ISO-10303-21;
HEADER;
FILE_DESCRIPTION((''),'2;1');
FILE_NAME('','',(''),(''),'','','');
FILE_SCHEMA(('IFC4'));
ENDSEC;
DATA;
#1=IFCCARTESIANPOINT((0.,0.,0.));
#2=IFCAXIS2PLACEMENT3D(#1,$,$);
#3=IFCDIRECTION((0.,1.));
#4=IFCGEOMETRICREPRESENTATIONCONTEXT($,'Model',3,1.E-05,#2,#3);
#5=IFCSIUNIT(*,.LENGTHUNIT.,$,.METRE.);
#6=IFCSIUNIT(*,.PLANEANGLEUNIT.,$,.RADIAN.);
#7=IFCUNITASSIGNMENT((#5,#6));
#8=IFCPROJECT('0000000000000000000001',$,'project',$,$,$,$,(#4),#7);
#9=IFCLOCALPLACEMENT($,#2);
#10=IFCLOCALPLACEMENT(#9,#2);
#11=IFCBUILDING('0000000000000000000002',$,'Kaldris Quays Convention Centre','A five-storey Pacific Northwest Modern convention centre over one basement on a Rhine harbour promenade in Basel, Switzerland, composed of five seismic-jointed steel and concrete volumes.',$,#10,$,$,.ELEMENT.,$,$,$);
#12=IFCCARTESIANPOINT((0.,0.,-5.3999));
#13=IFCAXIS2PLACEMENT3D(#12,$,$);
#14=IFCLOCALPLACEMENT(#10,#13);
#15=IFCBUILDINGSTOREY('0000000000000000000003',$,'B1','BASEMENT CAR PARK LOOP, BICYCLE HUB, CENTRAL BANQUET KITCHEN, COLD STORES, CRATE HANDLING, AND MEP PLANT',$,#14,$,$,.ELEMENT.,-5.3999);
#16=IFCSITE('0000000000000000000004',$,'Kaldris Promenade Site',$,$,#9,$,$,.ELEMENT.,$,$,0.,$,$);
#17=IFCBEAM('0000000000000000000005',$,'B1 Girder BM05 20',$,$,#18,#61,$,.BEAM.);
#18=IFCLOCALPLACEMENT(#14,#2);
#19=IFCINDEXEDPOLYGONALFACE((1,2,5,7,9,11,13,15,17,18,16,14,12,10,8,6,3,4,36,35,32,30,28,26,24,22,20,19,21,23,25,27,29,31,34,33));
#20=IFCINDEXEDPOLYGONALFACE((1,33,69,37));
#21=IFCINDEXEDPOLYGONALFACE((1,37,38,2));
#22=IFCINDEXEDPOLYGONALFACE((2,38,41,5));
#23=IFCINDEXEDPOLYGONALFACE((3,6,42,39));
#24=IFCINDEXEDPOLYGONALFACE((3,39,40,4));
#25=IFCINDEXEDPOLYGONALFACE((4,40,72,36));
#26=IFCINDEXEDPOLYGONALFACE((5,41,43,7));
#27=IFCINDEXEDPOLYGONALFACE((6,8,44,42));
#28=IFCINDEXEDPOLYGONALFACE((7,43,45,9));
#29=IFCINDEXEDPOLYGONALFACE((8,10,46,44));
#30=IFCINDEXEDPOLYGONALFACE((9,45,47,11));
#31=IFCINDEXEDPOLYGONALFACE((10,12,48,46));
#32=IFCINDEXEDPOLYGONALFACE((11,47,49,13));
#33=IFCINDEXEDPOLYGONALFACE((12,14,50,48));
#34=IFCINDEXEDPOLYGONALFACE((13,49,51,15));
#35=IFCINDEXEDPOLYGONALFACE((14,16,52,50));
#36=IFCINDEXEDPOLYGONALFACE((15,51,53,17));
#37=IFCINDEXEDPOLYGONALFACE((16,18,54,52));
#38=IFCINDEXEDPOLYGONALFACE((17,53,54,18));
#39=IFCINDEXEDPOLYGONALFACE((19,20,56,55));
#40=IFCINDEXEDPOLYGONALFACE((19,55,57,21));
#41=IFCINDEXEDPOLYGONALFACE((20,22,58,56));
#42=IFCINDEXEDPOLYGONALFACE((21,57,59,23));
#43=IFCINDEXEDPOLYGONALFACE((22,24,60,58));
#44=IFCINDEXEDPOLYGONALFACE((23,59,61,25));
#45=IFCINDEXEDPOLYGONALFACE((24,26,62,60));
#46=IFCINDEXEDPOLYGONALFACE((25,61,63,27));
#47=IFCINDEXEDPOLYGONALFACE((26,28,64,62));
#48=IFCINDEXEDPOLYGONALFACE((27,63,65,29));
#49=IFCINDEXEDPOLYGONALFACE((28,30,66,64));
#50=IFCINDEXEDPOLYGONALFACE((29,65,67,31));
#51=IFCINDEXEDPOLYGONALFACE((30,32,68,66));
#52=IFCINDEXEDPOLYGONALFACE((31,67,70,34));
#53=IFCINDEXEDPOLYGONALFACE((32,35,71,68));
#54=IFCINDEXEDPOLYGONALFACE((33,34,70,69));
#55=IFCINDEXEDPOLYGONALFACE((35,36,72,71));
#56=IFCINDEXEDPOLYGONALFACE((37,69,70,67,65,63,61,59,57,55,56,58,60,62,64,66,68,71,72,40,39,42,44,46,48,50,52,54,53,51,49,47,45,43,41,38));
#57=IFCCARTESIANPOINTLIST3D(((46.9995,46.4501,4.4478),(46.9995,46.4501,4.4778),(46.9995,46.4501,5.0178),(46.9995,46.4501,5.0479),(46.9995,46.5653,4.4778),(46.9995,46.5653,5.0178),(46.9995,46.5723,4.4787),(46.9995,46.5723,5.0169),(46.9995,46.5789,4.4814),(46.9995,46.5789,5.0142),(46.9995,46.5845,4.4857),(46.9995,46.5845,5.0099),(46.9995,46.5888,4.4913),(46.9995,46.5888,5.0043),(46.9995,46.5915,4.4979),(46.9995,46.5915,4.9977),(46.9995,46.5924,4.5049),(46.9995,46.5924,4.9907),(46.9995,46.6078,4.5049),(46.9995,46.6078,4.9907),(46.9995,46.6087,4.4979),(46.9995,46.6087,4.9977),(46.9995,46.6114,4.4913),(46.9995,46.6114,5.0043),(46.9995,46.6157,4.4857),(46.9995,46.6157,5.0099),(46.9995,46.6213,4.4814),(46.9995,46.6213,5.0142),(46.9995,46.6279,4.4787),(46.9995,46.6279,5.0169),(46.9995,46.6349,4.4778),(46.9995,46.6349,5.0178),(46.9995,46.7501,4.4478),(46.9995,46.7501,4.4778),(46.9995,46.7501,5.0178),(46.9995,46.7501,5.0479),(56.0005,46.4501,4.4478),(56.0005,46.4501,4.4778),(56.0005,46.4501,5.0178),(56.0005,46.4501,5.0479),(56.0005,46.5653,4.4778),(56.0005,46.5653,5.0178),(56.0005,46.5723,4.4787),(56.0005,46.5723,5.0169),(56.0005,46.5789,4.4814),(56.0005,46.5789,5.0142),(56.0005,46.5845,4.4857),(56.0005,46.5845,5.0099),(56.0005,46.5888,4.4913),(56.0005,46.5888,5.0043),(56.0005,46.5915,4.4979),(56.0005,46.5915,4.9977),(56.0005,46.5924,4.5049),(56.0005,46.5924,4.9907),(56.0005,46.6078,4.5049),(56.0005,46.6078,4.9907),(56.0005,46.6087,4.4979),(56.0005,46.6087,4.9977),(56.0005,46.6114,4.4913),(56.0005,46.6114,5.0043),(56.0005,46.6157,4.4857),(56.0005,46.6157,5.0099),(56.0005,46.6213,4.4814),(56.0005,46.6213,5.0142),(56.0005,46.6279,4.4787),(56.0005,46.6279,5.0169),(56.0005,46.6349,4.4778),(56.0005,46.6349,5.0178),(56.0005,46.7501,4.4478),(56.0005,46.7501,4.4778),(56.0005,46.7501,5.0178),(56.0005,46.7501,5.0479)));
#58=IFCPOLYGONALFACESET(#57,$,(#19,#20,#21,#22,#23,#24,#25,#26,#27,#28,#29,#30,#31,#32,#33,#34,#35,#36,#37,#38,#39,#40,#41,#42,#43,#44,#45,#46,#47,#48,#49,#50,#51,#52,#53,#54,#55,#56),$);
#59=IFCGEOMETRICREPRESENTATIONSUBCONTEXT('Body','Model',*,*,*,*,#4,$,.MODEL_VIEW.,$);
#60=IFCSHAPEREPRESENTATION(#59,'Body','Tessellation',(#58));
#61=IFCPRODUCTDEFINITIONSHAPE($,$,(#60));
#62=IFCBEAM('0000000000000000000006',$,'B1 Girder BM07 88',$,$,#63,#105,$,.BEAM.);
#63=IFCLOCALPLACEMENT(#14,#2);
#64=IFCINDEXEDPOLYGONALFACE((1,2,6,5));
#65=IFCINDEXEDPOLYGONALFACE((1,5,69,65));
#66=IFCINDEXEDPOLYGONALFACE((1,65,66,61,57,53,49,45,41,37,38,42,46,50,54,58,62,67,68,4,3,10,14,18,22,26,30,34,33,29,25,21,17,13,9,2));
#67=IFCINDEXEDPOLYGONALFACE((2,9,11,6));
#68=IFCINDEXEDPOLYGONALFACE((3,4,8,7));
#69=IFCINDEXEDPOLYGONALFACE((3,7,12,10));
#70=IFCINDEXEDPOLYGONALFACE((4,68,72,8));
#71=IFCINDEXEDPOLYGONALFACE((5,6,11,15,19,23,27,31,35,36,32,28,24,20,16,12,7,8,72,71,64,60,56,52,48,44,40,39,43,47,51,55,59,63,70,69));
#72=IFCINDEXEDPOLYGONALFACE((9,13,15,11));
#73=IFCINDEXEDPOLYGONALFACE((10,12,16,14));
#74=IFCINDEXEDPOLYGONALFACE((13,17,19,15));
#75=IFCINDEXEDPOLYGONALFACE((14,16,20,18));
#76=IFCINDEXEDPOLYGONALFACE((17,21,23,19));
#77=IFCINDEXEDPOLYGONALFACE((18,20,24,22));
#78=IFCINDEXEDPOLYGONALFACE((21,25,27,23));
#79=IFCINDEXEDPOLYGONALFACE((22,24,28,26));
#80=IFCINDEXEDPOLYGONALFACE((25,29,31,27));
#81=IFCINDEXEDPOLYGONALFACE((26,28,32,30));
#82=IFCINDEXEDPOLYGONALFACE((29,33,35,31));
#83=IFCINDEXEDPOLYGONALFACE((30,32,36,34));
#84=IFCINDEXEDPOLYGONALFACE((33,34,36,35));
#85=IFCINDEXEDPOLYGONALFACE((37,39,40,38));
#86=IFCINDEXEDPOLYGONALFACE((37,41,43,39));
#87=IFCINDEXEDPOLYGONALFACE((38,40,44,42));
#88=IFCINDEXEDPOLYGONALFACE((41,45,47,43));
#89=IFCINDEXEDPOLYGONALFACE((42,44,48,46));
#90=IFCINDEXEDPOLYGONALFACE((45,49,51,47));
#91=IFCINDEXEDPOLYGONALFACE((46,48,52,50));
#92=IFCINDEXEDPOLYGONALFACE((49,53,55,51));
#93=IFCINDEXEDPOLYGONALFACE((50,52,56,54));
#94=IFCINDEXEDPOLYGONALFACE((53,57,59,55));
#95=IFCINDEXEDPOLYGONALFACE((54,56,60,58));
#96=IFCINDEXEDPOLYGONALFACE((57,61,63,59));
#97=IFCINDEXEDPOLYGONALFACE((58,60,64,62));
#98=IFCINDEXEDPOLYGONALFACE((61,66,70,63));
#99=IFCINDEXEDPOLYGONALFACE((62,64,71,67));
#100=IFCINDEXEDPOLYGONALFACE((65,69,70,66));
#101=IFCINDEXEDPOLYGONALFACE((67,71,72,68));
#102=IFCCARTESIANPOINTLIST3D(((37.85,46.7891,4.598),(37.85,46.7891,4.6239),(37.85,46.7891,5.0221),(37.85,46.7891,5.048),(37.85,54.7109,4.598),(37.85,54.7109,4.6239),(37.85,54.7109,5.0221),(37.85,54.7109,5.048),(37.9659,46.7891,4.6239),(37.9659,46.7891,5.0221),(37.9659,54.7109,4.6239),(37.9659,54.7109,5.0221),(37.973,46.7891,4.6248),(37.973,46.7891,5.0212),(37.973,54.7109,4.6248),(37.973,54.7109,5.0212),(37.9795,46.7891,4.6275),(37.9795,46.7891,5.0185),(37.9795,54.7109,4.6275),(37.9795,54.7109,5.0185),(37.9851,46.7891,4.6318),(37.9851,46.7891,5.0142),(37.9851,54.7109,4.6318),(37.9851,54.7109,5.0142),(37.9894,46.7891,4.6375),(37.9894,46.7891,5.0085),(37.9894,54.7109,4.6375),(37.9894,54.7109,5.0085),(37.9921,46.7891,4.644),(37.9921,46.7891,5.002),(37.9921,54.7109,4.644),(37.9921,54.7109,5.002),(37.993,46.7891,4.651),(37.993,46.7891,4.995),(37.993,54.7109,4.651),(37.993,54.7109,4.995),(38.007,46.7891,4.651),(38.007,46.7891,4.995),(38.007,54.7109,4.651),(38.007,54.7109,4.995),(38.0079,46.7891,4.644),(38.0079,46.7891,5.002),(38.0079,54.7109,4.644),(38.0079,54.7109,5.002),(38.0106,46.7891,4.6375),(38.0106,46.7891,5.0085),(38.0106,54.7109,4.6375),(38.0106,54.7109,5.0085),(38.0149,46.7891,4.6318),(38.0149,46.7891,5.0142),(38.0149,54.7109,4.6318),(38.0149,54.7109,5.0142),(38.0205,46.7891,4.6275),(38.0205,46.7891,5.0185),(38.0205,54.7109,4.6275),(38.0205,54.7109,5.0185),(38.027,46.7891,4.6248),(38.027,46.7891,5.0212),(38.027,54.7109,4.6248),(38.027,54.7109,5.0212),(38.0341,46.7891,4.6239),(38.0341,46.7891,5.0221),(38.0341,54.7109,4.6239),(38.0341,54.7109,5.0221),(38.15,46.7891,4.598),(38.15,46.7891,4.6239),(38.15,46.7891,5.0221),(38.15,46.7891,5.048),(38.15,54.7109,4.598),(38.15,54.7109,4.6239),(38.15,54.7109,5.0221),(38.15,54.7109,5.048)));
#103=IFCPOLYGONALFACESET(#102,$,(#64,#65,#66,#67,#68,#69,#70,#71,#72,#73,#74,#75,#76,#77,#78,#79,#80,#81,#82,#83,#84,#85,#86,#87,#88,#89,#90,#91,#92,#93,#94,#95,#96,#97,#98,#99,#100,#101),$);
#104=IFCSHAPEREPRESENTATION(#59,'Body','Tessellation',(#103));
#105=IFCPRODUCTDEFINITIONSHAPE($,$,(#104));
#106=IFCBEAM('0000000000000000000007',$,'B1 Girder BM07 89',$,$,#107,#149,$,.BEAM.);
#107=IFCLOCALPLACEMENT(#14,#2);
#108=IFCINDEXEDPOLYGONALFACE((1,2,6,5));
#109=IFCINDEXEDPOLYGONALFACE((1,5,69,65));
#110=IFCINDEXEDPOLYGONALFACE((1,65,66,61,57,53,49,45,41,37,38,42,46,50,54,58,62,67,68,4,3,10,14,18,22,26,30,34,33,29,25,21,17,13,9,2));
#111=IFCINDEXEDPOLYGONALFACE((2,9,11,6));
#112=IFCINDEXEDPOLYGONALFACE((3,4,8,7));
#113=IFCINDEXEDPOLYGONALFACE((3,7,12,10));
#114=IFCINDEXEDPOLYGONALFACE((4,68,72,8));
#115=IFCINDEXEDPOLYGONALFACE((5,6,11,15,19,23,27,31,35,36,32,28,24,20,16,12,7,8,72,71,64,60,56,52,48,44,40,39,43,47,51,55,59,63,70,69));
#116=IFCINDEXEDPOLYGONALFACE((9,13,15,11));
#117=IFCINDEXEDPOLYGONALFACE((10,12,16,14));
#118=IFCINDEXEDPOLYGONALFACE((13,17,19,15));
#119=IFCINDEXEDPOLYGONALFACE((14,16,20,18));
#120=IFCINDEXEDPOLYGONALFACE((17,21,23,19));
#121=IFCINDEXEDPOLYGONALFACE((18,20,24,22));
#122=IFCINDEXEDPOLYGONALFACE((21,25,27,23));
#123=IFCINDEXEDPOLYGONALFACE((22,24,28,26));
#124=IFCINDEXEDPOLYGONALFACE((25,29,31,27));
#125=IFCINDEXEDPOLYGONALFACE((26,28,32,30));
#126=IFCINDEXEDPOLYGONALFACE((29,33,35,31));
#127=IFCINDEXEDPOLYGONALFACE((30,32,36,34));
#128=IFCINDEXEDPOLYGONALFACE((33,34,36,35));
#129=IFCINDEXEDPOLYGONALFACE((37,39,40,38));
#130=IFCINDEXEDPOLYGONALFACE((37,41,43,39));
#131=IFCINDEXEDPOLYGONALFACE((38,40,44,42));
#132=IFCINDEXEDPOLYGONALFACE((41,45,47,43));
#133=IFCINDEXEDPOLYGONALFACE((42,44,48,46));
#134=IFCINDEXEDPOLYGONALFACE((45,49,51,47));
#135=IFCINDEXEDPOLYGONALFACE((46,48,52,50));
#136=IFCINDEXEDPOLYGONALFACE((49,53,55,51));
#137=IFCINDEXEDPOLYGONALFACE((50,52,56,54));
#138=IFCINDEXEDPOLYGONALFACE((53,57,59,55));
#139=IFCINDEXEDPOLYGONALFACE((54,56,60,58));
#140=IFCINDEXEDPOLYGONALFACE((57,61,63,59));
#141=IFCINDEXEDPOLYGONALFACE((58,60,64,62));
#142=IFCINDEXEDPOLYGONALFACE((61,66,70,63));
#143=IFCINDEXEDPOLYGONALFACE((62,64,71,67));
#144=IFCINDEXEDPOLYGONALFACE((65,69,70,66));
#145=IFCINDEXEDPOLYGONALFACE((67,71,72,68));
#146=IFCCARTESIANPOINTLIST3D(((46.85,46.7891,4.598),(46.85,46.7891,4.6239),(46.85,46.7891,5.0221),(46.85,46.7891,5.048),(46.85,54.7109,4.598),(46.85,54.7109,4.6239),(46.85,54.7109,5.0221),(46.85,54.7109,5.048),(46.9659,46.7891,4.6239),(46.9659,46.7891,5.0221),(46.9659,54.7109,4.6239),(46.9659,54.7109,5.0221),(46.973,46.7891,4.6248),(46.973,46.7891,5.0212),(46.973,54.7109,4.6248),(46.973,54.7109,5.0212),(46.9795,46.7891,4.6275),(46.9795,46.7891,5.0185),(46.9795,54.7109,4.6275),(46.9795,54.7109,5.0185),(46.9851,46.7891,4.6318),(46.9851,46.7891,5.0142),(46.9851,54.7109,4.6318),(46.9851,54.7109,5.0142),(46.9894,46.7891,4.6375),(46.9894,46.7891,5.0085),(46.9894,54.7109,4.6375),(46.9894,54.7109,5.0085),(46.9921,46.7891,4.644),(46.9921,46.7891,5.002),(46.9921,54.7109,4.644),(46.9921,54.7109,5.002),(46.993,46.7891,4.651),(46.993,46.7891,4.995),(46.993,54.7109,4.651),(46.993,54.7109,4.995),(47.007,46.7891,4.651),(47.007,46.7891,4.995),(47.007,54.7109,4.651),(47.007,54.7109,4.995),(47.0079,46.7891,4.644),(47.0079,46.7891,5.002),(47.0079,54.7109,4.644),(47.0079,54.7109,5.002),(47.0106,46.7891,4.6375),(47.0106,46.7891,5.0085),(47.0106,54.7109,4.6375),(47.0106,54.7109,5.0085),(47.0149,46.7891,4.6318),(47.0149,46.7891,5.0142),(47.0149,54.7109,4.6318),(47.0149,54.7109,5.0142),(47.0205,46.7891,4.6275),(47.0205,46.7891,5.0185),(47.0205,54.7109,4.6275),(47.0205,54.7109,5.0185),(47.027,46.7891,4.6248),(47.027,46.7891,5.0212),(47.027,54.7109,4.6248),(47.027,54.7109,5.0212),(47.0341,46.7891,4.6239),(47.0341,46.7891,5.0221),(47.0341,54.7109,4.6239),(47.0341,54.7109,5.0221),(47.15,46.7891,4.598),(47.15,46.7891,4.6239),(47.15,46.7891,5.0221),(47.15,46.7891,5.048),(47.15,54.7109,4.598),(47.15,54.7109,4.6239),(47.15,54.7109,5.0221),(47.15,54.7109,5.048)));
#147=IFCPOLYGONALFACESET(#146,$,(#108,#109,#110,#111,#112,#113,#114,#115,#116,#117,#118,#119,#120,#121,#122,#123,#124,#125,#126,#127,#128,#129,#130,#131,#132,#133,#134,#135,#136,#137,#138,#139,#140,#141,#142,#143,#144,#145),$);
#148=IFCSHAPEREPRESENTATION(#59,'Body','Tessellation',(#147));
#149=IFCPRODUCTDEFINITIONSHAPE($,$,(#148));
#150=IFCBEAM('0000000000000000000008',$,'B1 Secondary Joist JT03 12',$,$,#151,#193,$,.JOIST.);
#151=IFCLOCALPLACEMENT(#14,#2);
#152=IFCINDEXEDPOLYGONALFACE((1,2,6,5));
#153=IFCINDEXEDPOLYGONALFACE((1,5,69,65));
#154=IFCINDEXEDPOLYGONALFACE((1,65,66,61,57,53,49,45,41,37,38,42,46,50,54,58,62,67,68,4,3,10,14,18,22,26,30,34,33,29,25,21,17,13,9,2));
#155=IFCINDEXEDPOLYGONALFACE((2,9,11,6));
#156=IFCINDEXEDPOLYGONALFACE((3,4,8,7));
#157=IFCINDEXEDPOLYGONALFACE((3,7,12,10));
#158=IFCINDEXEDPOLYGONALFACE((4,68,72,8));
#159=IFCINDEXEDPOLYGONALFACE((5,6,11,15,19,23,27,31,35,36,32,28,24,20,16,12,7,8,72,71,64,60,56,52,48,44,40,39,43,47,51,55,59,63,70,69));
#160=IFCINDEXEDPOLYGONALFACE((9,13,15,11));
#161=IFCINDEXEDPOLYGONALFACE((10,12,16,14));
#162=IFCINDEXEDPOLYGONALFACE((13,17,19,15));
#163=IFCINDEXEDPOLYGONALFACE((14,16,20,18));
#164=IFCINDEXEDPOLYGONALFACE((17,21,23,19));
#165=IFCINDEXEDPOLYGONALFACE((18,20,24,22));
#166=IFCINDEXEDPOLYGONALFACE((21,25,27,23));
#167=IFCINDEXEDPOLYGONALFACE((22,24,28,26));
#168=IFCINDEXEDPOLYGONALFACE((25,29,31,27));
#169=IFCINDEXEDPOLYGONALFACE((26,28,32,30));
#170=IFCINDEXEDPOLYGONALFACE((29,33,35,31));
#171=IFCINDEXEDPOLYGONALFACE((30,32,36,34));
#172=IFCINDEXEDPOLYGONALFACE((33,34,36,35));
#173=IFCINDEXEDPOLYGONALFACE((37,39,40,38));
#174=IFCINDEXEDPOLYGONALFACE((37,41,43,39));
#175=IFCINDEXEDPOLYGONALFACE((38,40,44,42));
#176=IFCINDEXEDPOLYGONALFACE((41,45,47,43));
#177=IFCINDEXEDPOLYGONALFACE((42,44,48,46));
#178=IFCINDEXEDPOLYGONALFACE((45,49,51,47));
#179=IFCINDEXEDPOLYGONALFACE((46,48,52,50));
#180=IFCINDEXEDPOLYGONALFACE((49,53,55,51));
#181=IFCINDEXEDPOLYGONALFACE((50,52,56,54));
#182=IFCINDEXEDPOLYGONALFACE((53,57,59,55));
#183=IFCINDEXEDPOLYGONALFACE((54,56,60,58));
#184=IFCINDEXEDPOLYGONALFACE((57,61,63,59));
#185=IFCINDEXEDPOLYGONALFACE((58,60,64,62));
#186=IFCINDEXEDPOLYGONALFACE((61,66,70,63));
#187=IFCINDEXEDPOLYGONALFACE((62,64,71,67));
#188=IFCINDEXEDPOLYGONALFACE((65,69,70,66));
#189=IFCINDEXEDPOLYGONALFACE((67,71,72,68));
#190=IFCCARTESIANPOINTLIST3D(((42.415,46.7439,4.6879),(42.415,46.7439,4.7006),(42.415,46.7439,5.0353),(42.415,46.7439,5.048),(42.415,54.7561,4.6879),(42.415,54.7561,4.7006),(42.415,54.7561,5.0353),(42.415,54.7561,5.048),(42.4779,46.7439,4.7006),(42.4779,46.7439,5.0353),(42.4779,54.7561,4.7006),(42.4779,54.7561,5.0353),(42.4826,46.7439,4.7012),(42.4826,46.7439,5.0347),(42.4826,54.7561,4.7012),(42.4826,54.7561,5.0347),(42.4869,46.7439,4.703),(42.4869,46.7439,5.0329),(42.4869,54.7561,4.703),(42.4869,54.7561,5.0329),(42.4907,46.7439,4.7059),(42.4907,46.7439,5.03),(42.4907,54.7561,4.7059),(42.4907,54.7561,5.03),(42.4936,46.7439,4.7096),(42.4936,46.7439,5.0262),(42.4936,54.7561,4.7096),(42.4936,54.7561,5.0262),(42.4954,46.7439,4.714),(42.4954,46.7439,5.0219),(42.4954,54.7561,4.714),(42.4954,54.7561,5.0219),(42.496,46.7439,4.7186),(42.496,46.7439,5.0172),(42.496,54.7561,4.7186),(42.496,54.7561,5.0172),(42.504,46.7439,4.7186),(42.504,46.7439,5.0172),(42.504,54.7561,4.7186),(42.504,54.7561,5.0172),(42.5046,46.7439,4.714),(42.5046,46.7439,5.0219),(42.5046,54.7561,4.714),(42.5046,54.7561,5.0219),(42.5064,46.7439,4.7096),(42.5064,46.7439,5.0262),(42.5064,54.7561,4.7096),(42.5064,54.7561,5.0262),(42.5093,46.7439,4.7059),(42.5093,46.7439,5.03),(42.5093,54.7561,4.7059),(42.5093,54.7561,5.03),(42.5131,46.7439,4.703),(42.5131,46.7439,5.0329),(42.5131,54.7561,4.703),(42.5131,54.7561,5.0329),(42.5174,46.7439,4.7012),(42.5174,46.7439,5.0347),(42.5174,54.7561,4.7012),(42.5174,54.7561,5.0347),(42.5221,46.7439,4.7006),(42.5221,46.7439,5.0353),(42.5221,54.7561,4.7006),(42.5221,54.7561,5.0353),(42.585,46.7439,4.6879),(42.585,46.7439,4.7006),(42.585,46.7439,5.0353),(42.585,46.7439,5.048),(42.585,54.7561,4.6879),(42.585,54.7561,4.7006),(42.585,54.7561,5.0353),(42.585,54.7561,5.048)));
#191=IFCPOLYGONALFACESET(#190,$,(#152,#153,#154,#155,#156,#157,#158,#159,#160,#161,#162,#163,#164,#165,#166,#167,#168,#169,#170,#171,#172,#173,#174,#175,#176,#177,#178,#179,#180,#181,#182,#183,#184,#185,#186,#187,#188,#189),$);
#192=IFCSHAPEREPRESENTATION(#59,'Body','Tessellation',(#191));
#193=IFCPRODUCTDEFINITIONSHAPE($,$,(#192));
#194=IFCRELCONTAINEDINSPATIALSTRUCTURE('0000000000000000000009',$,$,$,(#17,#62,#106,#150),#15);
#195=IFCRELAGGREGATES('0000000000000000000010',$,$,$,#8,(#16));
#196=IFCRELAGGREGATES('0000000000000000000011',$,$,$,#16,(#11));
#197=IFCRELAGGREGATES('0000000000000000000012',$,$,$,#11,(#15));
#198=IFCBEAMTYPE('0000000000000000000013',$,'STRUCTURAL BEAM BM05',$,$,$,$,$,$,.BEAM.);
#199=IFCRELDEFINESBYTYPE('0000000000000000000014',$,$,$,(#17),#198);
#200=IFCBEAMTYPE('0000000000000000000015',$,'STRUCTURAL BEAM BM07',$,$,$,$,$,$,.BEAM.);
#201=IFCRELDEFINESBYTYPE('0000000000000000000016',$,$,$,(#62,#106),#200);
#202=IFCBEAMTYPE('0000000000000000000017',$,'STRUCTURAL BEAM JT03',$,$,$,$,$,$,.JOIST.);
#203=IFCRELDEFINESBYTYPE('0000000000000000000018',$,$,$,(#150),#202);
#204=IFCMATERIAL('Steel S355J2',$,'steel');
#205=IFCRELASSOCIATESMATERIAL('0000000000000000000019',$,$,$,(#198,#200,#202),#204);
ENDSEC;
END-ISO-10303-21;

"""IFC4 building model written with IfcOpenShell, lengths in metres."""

from ifc_helpers import new_model, si_unit, direction, frame, origin, origin_2d, place, context, subcontext, project, spatial, i_section, extrude, material, material_profile, profile_set, type_object, element, save


model = new_model("IFC4")

# Units and contexts
model_context = context("Model", 3, precision=1e-05, world=origin(), true_north=direction((0.0, 1.0)))
body_context = subcontext(model_context, "Body", "Model", "MODEL_VIEW")
ifc_project = project(units=[si_unit("LENGTHUNIT", "METRE"), si_unit("PLANEANGLEUNIT", "RADIAN")], contexts=[model_context])

# Site, building, storey
site_placement = place(None, origin())
site = spatial("IfcSite", under=ifc_project, at=site_placement, Name="Kaldris Promenade Site", CompositionType="ELEMENT", RefElevation=0.0)
building_placement = place(site_placement, origin())
building = spatial("IfcBuilding", under=site, at=building_placement, Name="Kaldris Quays Convention Centre", Description="A five-storey Pacific Northwest Modern convention centre over one basement on a Rhine harbour promenade in Basel, Switzerland, composed of five seismic-jointed steel and concrete volumes.", CompositionType="ELEMENT")
storey_placement = place(building_placement, frame((0.0, 0.0, -5.3999)))
storey = spatial("IfcBuildingStorey", under=building, at=storey_placement, Name="B1", Description="BASEMENT CAR PARK LOOP, BICYCLE HUB, CENTRAL BANQUET KITCHEN, COLD STORES, CRATE HANDLING, AND MEP PLANT", CompositionType="ELEMENT", Elevation=-5.3999)

# Shared definitions
ifc_material_1 = material(Name="Steel S355J2", Category="steel")

# Beams
ifc_material_profile_1 = material_profile(ifc_material_1, i_section(OverallWidth=0.3, OverallDepth=0.6001, WebThickness=0.0154, FlangeThickness=0.03, FilletRadius=0.0271, at=origin_2d()), Name="HEB 600")
ifc_profile_set_1 = profile_set([ifc_material_profile_1], Name="Steel S355J2")
beam_type_1 = type_object("IfcBeamType", Name="STRUCTURAL BEAM BM05", PredefinedType="BEAM", material=ifc_profile_set_1)
for number, where, z_axis, x_axis, name in (
    (1, (46.9995, 46.6001, 4.7478), (1.0, 0.0, 0.0), (0.0, 1.0, 0.0), "B1 Girder BM05 20"),
):
    element("IfcBeam", number, at=place(storey_placement, frame(where, z_axis=z_axis, x_axis=x_axis)), inside=storey, type_object=beam_type_1, Name=name, PredefinedType="BEAM", context=body_context, shape_type="SweptSolid", body=[
        extrude(i_section(OverallWidth=0.3, OverallDepth=0.6001, WebThickness=0.0154, FlangeThickness=0.03, FilletRadius=0.0271, at=origin_2d()), origin(), (0.0, 0.0, 1.0), 9.001),
    ])
ifc_material_profile_2 = material_profile(ifc_material_1, i_section(OverallWidth=0.3, OverallDepth=0.45, WebThickness=0.0139, FlangeThickness=0.0259, FilletRadius=0.0271, at=origin_2d()), Name="HEB 450")
ifc_profile_set_2 = profile_set([ifc_material_profile_2], Name="Steel S355J2")
beam_type_2 = type_object("IfcBeamType", Name="STRUCTURAL BEAM BM07", PredefinedType="BEAM", material=ifc_profile_set_2)
for number, where, z_axis, x_axis, name in (
    (2, (38.0, 46.7891, 4.823), (0.0, 1.0, 0.0), (-1.0, 0.0, 0.0), "B1 Girder BM07 88"),
    (3, (47.0, 46.7891, 4.823), (0.0, 1.0, 0.0), (-1.0, 0.0, 0.0), "B1 Girder BM07 89"),
):
    element("IfcBeam", number, at=place(storey_placement, frame(where, z_axis=z_axis, x_axis=x_axis)), inside=storey, type_object=beam_type_2, Name=name, PredefinedType="BEAM", context=body_context, shape_type="SweptSolid", body=[
        extrude(i_section(OverallWidth=0.3, OverallDepth=0.45, WebThickness=0.0139, FlangeThickness=0.0259, FilletRadius=0.0271, at=origin_2d()), origin(), (0.0, 0.0, 1.0), 7.9219),
    ])
ifc_material_profile_3 = material_profile(ifc_material_1, i_section(OverallWidth=0.1699, OverallDepth=0.3601, WebThickness=0.0081, FlangeThickness=0.0127, FilletRadius=0.0181, at=origin_2d()), Name="IPE 360")
ifc_profile_set_3 = profile_set([ifc_material_profile_3], Name="Steel S355J2")
beam_type_3 = type_object("IfcBeamType", Name="STRUCTURAL BEAM JT03", PredefinedType="JOIST", material=ifc_profile_set_3)
beam_placement = place(storey_placement, frame((42.5, 46.7439, 4.8679), z_axis=(0.0, 1.0, 0.0), x_axis=(-1.0, 0.0, 0.0)))
element("IfcBeam", 4, at=beam_placement, inside=storey, type_object=beam_type_3, Name="B1 Secondary Joist JT03 12", PredefinedType="JOIST", context=body_context, shape_type="SweptSolid", body=[
    extrude(i_section(OverallWidth=0.1699, OverallDepth=0.3601, WebThickness=0.0081, FlangeThickness=0.0127, FilletRadius=0.0181, at=origin_2d()), origin(), (0.0, 0.0, 1.0), 8.0122),
])

save(model, "model.ifc")
